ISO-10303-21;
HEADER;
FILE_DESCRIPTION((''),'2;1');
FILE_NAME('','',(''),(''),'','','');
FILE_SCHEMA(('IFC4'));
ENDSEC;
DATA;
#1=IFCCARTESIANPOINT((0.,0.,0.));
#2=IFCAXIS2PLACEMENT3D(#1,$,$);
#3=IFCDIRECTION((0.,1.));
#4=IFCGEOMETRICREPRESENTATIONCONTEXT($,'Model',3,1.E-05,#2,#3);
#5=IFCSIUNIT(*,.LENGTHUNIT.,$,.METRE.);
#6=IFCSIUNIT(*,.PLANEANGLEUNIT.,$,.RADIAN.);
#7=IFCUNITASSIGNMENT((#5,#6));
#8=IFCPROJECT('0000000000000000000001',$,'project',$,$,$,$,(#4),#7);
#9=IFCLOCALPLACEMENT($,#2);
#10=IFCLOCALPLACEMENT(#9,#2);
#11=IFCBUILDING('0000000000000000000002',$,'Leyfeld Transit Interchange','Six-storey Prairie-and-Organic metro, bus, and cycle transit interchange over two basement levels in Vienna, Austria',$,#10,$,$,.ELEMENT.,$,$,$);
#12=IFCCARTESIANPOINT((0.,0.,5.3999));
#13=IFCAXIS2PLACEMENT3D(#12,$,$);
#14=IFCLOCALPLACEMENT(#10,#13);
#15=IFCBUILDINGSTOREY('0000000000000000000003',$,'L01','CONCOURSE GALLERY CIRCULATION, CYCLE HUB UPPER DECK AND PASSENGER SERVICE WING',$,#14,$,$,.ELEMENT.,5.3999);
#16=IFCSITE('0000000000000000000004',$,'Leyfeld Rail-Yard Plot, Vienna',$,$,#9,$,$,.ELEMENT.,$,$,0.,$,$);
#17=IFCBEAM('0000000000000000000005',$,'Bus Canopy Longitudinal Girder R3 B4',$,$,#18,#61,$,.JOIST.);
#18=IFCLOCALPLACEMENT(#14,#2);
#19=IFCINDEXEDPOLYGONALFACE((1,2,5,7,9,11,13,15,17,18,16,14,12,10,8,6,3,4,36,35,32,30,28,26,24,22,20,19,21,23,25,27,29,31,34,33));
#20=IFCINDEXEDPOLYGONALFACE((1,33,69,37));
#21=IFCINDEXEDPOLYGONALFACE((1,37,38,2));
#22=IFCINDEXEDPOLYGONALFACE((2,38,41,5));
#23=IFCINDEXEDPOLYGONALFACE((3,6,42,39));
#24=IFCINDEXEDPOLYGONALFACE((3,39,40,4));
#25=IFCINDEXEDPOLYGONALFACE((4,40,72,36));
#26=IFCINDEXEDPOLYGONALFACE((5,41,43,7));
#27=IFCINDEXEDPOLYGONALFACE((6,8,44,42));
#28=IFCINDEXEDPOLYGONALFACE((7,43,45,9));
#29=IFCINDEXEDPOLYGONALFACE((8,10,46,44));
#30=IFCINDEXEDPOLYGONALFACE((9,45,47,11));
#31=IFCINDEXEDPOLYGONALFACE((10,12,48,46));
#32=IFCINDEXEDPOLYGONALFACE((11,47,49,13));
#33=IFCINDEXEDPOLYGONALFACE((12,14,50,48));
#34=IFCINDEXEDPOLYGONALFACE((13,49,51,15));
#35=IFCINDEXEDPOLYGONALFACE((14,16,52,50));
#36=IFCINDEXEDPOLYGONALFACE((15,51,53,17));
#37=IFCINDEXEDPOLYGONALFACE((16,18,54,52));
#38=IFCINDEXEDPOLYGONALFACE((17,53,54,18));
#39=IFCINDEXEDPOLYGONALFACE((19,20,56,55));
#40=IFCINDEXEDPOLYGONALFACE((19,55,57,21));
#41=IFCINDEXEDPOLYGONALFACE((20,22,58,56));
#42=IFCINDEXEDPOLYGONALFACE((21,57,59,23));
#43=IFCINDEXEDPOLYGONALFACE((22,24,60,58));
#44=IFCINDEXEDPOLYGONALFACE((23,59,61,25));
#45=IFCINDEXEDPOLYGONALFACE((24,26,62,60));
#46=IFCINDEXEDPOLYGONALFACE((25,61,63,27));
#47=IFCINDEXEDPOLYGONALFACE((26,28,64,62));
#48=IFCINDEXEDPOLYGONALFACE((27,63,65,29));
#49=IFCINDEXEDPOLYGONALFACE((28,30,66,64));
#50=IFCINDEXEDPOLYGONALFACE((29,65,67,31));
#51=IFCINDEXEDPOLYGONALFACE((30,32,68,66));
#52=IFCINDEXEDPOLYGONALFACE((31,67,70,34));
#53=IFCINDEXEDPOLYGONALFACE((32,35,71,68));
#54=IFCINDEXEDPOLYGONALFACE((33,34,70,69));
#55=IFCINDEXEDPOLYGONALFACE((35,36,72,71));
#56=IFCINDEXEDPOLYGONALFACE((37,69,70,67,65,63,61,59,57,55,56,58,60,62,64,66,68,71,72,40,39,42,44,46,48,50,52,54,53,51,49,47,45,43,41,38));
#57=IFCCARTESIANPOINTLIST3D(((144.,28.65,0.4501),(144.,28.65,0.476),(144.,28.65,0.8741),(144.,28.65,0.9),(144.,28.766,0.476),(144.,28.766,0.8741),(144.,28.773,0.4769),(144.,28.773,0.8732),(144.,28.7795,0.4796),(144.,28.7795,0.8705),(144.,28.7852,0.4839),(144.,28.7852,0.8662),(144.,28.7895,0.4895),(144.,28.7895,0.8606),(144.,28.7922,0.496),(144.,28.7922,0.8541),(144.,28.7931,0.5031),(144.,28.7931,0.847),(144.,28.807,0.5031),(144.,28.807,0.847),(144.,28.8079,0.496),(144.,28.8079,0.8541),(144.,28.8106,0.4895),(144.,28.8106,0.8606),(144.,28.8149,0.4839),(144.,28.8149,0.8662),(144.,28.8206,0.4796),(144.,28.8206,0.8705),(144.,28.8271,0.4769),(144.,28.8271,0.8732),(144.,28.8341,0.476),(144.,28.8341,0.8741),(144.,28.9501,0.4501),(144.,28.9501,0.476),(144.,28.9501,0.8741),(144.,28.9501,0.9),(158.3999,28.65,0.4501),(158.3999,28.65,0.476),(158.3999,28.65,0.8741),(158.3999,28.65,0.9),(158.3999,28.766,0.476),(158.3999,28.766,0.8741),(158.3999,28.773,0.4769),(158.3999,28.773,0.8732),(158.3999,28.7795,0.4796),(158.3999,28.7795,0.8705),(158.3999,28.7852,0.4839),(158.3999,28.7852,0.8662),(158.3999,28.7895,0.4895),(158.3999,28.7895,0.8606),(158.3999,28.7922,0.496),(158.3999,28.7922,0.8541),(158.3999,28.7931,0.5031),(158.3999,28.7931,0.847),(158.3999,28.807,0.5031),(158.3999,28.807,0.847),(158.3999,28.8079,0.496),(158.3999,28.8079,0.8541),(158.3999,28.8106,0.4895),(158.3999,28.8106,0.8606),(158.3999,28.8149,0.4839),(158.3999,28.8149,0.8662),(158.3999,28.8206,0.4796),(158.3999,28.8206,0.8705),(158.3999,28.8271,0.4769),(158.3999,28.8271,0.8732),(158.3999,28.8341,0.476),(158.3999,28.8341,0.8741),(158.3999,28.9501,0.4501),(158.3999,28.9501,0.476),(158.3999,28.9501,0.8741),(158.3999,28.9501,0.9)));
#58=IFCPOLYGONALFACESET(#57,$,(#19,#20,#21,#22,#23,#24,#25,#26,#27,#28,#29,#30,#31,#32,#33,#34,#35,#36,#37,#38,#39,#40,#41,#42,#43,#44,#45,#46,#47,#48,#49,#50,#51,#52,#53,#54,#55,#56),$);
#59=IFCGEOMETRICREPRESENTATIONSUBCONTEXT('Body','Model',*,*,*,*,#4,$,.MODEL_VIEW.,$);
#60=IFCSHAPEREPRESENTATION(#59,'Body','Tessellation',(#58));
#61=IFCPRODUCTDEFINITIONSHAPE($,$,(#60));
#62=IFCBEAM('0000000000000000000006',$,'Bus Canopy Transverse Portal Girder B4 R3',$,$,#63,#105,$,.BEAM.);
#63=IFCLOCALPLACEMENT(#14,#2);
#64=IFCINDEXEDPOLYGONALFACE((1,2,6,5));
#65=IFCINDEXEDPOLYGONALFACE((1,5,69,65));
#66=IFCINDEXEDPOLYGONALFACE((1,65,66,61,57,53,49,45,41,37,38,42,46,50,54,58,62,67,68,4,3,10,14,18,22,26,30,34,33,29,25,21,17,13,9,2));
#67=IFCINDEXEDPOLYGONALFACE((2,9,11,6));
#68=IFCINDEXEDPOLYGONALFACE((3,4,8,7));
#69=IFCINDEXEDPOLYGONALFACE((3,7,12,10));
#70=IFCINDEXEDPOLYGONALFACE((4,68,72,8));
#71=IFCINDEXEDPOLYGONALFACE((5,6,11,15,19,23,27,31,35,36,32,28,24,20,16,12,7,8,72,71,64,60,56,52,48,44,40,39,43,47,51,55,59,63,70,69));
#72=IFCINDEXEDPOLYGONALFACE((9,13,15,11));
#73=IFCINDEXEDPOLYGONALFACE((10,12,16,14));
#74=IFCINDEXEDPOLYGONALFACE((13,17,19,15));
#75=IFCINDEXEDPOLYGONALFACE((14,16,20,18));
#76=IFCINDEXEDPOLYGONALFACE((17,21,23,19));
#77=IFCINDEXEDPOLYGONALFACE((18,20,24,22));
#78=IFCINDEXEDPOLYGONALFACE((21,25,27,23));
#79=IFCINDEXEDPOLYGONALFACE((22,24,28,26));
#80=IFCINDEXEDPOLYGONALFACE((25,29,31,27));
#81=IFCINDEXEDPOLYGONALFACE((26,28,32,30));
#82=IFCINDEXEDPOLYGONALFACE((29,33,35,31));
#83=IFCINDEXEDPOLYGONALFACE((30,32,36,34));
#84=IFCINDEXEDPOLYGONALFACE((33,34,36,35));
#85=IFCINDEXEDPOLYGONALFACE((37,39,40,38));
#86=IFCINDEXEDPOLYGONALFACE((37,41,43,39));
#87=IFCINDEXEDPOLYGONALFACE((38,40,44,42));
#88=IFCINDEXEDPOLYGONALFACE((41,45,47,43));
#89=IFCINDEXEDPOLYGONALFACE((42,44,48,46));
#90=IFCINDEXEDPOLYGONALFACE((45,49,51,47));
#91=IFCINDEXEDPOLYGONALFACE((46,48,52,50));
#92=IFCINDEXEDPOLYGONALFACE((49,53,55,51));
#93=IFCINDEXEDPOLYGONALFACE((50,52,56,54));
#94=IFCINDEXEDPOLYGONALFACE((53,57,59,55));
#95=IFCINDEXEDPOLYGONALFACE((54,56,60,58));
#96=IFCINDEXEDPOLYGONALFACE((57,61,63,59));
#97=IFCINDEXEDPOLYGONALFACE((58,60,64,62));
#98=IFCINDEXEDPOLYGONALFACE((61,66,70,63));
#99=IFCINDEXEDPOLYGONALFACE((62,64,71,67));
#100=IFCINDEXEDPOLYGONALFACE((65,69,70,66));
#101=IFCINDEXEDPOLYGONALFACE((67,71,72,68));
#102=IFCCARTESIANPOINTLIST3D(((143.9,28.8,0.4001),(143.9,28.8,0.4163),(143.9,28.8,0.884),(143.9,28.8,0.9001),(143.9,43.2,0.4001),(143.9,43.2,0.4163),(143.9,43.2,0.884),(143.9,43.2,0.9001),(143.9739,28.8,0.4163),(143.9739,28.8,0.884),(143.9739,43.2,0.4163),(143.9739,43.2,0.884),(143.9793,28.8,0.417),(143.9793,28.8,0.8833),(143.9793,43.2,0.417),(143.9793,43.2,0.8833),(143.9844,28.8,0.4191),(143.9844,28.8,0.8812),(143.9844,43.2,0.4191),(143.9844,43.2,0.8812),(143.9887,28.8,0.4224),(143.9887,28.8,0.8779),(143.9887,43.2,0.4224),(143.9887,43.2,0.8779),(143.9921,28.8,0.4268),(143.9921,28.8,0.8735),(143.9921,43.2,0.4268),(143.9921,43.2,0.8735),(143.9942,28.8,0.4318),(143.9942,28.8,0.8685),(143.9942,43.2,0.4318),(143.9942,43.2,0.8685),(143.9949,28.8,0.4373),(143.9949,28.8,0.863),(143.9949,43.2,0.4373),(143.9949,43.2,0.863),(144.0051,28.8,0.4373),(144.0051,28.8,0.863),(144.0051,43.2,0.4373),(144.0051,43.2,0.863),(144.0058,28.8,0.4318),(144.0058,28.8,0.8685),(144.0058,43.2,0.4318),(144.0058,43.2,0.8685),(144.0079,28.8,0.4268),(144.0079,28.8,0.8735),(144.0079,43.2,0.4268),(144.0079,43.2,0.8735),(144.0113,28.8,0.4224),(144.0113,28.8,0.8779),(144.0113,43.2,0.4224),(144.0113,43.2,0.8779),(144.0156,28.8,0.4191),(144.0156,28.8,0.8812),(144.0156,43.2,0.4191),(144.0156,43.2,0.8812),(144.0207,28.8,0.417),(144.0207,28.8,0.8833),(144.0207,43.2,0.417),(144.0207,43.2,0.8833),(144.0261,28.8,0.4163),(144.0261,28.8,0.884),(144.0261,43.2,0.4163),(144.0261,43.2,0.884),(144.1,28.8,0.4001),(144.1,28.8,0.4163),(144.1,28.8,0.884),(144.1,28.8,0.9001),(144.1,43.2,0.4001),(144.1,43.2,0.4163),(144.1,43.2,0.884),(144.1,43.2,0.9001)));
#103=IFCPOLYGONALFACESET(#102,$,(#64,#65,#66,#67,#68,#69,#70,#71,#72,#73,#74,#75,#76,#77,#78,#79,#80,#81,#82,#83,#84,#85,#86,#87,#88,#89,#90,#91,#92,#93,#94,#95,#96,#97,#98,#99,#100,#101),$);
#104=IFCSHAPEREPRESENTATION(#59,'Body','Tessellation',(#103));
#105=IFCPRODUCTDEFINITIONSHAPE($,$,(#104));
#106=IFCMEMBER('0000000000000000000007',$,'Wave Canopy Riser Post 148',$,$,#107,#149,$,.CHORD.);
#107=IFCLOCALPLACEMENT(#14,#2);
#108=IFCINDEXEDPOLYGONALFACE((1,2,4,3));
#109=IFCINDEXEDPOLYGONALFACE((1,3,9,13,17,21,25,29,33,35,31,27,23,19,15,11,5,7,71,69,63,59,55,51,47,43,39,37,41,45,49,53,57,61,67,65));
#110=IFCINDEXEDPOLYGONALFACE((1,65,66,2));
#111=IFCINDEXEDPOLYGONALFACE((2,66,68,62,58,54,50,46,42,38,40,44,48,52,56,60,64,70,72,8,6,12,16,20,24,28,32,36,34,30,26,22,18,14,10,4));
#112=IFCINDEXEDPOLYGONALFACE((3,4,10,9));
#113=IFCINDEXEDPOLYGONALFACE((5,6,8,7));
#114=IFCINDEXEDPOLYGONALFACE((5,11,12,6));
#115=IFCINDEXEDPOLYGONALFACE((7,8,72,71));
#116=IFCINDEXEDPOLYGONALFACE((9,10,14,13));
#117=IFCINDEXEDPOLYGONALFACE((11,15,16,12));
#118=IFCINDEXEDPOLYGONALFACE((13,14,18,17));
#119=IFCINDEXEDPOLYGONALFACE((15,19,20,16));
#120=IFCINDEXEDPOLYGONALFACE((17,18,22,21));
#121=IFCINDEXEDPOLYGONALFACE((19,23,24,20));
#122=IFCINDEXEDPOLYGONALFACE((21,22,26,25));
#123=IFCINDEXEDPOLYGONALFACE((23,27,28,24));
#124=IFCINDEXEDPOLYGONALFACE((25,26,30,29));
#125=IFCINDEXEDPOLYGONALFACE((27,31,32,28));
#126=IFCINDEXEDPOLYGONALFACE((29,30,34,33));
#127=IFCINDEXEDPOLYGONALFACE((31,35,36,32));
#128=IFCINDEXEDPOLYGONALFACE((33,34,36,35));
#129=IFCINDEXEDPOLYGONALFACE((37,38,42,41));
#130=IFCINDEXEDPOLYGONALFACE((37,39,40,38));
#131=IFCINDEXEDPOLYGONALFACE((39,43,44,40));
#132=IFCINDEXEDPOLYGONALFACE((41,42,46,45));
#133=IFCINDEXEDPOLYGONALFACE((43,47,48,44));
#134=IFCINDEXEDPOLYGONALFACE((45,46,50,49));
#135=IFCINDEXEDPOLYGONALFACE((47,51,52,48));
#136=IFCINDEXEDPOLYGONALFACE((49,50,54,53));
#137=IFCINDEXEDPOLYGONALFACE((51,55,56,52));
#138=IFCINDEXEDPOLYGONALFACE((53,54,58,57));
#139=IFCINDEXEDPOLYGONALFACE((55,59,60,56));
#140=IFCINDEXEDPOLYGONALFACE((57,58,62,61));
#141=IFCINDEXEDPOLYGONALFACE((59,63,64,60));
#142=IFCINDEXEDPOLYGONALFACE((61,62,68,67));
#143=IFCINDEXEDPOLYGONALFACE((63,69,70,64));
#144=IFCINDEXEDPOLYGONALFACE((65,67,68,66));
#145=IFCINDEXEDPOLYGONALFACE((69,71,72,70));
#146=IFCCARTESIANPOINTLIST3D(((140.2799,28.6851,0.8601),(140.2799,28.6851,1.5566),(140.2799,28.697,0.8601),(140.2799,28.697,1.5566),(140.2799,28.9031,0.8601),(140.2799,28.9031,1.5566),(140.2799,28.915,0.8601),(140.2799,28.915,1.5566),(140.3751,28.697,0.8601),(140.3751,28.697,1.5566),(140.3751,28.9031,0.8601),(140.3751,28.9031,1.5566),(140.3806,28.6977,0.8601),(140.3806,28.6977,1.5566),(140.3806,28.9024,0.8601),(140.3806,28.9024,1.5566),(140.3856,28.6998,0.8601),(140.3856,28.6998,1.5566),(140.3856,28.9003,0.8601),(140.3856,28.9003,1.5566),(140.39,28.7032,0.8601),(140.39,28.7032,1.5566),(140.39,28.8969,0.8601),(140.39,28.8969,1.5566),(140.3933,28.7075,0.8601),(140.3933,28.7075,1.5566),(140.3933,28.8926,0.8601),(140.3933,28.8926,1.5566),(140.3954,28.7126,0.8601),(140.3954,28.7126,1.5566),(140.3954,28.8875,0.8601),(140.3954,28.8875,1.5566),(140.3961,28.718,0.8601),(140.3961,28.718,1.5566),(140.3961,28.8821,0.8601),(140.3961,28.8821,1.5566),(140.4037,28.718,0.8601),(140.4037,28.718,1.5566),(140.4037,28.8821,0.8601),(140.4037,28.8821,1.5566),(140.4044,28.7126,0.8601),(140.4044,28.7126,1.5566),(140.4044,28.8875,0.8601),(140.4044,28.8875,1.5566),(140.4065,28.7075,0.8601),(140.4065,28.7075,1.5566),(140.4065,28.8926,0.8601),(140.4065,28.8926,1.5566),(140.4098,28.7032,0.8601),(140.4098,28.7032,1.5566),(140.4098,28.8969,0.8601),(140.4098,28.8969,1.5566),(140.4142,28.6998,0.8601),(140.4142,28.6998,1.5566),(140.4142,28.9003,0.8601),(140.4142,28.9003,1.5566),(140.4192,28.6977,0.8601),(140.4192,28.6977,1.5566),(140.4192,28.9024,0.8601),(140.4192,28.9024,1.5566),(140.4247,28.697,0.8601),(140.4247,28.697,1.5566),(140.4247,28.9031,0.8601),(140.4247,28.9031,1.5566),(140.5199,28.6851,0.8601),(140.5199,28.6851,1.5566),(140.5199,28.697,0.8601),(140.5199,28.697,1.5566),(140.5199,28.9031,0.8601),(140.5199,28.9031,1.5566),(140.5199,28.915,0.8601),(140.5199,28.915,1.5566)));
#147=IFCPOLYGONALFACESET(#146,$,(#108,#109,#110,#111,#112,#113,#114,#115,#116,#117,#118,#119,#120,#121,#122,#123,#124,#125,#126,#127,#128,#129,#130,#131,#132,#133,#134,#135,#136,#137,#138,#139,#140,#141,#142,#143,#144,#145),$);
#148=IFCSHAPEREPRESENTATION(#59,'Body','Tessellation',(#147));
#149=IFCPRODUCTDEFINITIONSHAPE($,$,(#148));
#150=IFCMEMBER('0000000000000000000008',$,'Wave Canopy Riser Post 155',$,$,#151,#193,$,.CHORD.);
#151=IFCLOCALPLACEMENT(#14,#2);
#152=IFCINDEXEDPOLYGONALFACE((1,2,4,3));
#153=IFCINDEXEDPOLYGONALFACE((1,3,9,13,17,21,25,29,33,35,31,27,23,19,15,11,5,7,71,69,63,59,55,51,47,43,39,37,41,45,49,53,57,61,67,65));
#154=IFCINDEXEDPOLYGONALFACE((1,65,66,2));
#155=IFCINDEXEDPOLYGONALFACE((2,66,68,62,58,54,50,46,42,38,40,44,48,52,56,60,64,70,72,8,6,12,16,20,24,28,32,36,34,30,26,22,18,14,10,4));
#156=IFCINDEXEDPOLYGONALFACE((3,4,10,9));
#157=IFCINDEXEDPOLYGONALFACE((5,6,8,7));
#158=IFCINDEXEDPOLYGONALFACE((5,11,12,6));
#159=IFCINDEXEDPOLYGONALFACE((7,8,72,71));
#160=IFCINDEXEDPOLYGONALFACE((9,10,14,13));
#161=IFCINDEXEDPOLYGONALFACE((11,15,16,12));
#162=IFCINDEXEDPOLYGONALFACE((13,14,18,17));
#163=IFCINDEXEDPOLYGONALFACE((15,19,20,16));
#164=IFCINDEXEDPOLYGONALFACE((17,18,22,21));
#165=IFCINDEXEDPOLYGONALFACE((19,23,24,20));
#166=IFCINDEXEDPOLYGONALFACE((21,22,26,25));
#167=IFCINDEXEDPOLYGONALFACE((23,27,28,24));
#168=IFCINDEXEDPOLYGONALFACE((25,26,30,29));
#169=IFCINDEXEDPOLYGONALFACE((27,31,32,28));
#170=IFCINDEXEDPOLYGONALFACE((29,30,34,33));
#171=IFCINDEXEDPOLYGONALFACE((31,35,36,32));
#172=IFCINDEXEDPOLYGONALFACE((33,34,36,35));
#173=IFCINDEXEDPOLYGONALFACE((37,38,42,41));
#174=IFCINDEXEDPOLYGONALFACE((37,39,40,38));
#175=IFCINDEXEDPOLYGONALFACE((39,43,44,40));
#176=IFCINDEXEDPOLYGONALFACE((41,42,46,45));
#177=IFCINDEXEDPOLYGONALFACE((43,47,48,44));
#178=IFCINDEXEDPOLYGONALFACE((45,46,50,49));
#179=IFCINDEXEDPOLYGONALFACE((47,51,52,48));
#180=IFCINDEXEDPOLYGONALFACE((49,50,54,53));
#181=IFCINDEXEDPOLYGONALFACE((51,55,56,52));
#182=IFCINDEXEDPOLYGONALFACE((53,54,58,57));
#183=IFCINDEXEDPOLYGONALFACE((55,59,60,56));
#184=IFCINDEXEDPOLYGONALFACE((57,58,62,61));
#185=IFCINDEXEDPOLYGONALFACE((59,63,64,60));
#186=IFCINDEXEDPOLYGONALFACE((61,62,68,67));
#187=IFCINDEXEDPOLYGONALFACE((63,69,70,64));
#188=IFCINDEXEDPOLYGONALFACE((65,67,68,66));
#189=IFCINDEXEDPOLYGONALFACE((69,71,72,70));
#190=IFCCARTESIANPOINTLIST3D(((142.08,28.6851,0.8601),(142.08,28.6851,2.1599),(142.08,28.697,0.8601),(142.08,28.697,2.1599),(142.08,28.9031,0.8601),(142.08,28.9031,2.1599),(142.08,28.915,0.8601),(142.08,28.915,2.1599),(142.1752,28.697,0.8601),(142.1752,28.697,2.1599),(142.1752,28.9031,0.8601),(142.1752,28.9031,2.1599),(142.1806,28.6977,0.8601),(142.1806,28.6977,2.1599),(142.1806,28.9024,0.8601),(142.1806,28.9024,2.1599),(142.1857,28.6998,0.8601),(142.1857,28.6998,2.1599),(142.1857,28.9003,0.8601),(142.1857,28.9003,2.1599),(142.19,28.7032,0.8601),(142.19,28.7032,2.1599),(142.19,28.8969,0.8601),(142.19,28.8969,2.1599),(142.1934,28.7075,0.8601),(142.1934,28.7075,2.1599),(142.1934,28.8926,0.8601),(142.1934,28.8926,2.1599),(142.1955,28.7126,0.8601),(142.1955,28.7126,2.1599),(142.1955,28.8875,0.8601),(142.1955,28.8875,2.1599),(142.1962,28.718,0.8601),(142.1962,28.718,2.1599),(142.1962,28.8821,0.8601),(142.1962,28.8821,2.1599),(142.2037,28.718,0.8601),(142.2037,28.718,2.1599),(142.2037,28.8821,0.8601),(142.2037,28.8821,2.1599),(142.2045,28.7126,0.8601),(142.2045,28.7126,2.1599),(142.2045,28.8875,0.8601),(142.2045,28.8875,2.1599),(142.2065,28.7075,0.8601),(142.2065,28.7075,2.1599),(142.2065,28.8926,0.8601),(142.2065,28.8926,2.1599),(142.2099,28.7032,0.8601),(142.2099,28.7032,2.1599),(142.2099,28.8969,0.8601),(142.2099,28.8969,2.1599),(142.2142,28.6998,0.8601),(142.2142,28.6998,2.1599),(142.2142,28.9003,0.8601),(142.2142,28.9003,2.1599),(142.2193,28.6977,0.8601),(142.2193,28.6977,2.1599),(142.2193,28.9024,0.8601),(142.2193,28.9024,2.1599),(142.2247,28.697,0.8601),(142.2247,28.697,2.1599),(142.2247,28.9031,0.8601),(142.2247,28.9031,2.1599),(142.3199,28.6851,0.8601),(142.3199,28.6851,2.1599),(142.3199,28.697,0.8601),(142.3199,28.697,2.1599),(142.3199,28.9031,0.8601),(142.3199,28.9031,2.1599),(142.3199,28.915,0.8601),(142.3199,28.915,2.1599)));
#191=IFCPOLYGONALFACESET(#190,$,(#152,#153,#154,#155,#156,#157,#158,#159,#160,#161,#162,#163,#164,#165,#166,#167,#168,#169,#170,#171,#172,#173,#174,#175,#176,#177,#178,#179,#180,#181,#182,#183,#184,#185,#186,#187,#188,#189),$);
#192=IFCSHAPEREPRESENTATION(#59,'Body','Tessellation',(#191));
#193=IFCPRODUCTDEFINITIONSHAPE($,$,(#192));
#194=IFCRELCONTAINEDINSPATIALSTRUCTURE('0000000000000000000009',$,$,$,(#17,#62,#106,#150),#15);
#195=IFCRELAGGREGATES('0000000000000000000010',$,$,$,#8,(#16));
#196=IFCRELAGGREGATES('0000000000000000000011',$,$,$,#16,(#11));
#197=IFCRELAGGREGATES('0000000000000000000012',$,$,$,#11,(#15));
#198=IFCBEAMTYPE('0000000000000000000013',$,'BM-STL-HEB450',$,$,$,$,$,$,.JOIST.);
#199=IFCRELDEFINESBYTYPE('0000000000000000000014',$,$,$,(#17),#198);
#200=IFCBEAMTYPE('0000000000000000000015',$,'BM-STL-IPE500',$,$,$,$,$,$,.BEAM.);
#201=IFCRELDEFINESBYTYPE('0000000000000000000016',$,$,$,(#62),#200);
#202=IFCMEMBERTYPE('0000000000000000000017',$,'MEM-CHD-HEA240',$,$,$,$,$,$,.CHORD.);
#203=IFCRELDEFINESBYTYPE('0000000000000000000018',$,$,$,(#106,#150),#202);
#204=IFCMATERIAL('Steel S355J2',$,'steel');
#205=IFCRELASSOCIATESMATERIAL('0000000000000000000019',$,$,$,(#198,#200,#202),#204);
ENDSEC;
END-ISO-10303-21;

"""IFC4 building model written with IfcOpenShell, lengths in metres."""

from ifc_helpers import new_model, si_unit, direction, frame, origin, origin_2d, place, context, subcontext, project, spatial, i_section, extrude, material, material_profile, profile_set, type_object, element, save


model = new_model("IFC4")

# Units and contexts
model_context = context("Model", 3, precision=1e-05, world=origin(), true_north=direction((0.0, 1.0)))
body_context = subcontext(model_context, "Body", "Model", "MODEL_VIEW")
ifc_project = project(units=[si_unit("LENGTHUNIT", "METRE"), si_unit("PLANEANGLEUNIT", "RADIAN")], contexts=[model_context])

# Site, building, storey
site_placement = place(None, origin())
site = spatial("IfcSite", under=ifc_project, at=site_placement, Name="Leyfeld Rail-Yard Plot, Vienna", CompositionType="ELEMENT", RefElevation=0.0)
building_placement = place(site_placement, origin())
building = spatial("IfcBuilding", under=site, at=building_placement, Name="Leyfeld Transit Interchange", Description="Six-storey Prairie-and-Organic metro, bus, and cycle transit interchange over two basement levels in Vienna, Austria", CompositionType="ELEMENT")
storey_placement = place(building_placement, frame((0.0, 0.0, 5.3999)))
storey = spatial("IfcBuildingStorey", under=building, at=storey_placement, Name="L01", Description="CONCOURSE GALLERY CIRCULATION, CYCLE HUB UPPER DECK AND PASSENGER SERVICE WING", CompositionType="ELEMENT", Elevation=5.3999)

# Beams
ifc_material_1 = material(Name="Steel S355J2", Category="steel")
ifc_material_profile_1 = material_profile(ifc_material_1, i_section(OverallWidth=0.3, OverallDepth=0.45, WebThickness=0.0139, FlangeThickness=0.0259, FilletRadius=0.0271, at=origin_2d()), Name="HEB 450")
ifc_profile_set_1 = profile_set([ifc_material_profile_1], Name="Steel S355J2")
beam_type_1 = type_object("IfcBeamType", Name="BM-STL-HEB450", PredefinedType="JOIST", material=ifc_profile_set_1)
beam_1_placement = place(storey_placement, frame((144.0, 28.8, 0.675), z_axis=(1.0, 0.0, 0.0), x_axis=(0.0, 1.0, 0.0)))
element("IfcBeam", 1, at=beam_1_placement, inside=storey, type_object=beam_type_1, Name="Bus Canopy Longitudinal Girder R3 B4", PredefinedType="JOIST", context=body_context, shape_type="SweptSolid", body=[
    extrude(i_section(OverallWidth=0.3, OverallDepth=0.45, WebThickness=0.0139, FlangeThickness=0.0259, FilletRadius=0.0271, at=origin_2d()), origin(), (0.0, 0.0, 1.0), 14.3999),
])
ifc_material_profile_2 = material_profile(ifc_material_1, i_section(OverallWidth=0.2, OverallDepth=0.5, WebThickness=0.0103, FlangeThickness=0.0161, FilletRadius=0.021, at=origin_2d()), Name="IPE 500")
ifc_profile_set_2 = profile_set([ifc_material_profile_2], Name="Steel S355J2")
beam_type_2 = type_object("IfcBeamType", Name="BM-STL-IPE500", PredefinedType="BEAM", material=ifc_profile_set_2)
beam_2_placement = place(storey_placement, frame((144.0, 28.8, 0.6501), z_axis=(0.0, 1.0, 0.0), x_axis=(-1.0, 0.0, 0.0)))
element("IfcBeam", 2, at=beam_2_placement, inside=storey, type_object=beam_type_2, Name="Bus Canopy Transverse Portal Girder B4 R3", PredefinedType="BEAM", context=body_context, shape_type="SweptSolid", body=[
    extrude(i_section(OverallWidth=0.2, OverallDepth=0.5, WebThickness=0.0103, FlangeThickness=0.0161, FilletRadius=0.021, at=origin_2d()), origin(), (0.0, 0.0, 1.0), 14.3999),
])

# Members
ifc_material_profile_3 = material_profile(ifc_material_1, i_section(OverallWidth=0.24, OverallDepth=0.23, WebThickness=0.0076, FlangeThickness=0.012, FilletRadius=0.021, at=origin_2d()), Name="HEA 240")
ifc_profile_set_3 = profile_set([ifc_material_profile_3], Name="Steel S355J2")
member_type_1 = type_object("IfcMemberType", Name="MEM-CHD-HEA240", PredefinedType="CHORD", material=ifc_profile_set_3)
member_1_placement = place(storey_placement, frame((140.3999, 28.8, 0.8601), z_axis=(0.0, 0.0, 1.0), x_axis=(1.0, 0.0, 0.0)))
element("IfcMember", 3, at=member_1_placement, inside=storey, type_object=member_type_1, Name="Wave Canopy Riser Post 148", PredefinedType="CHORD", context=body_context, shape_type="SweptSolid", body=[
    extrude(i_section(OverallWidth=0.24, OverallDepth=0.23, WebThickness=0.0076, FlangeThickness=0.012, FilletRadius=0.021, at=origin_2d()), origin(), (0.0, 0.0, 1.0), 0.6965),
])
member_2_placement = place(storey_placement, frame((142.2, 28.8, 0.8601), z_axis=(0.0, 0.0, 1.0), x_axis=(1.0, 0.0, 0.0)))
element("IfcMember", 4, at=member_2_placement, inside=storey, type_object=member_type_1, Name="Wave Canopy Riser Post 155", PredefinedType="CHORD", context=body_context, shape_type="SweptSolid", body=[
    extrude(i_section(OverallWidth=0.24, OverallDepth=0.23, WebThickness=0.0076, FlangeThickness=0.012, FilletRadius=0.021, at=origin_2d()), origin(), (0.0, 0.0, 1.0), 1.2998),
])

save(model, "model.ifc")
